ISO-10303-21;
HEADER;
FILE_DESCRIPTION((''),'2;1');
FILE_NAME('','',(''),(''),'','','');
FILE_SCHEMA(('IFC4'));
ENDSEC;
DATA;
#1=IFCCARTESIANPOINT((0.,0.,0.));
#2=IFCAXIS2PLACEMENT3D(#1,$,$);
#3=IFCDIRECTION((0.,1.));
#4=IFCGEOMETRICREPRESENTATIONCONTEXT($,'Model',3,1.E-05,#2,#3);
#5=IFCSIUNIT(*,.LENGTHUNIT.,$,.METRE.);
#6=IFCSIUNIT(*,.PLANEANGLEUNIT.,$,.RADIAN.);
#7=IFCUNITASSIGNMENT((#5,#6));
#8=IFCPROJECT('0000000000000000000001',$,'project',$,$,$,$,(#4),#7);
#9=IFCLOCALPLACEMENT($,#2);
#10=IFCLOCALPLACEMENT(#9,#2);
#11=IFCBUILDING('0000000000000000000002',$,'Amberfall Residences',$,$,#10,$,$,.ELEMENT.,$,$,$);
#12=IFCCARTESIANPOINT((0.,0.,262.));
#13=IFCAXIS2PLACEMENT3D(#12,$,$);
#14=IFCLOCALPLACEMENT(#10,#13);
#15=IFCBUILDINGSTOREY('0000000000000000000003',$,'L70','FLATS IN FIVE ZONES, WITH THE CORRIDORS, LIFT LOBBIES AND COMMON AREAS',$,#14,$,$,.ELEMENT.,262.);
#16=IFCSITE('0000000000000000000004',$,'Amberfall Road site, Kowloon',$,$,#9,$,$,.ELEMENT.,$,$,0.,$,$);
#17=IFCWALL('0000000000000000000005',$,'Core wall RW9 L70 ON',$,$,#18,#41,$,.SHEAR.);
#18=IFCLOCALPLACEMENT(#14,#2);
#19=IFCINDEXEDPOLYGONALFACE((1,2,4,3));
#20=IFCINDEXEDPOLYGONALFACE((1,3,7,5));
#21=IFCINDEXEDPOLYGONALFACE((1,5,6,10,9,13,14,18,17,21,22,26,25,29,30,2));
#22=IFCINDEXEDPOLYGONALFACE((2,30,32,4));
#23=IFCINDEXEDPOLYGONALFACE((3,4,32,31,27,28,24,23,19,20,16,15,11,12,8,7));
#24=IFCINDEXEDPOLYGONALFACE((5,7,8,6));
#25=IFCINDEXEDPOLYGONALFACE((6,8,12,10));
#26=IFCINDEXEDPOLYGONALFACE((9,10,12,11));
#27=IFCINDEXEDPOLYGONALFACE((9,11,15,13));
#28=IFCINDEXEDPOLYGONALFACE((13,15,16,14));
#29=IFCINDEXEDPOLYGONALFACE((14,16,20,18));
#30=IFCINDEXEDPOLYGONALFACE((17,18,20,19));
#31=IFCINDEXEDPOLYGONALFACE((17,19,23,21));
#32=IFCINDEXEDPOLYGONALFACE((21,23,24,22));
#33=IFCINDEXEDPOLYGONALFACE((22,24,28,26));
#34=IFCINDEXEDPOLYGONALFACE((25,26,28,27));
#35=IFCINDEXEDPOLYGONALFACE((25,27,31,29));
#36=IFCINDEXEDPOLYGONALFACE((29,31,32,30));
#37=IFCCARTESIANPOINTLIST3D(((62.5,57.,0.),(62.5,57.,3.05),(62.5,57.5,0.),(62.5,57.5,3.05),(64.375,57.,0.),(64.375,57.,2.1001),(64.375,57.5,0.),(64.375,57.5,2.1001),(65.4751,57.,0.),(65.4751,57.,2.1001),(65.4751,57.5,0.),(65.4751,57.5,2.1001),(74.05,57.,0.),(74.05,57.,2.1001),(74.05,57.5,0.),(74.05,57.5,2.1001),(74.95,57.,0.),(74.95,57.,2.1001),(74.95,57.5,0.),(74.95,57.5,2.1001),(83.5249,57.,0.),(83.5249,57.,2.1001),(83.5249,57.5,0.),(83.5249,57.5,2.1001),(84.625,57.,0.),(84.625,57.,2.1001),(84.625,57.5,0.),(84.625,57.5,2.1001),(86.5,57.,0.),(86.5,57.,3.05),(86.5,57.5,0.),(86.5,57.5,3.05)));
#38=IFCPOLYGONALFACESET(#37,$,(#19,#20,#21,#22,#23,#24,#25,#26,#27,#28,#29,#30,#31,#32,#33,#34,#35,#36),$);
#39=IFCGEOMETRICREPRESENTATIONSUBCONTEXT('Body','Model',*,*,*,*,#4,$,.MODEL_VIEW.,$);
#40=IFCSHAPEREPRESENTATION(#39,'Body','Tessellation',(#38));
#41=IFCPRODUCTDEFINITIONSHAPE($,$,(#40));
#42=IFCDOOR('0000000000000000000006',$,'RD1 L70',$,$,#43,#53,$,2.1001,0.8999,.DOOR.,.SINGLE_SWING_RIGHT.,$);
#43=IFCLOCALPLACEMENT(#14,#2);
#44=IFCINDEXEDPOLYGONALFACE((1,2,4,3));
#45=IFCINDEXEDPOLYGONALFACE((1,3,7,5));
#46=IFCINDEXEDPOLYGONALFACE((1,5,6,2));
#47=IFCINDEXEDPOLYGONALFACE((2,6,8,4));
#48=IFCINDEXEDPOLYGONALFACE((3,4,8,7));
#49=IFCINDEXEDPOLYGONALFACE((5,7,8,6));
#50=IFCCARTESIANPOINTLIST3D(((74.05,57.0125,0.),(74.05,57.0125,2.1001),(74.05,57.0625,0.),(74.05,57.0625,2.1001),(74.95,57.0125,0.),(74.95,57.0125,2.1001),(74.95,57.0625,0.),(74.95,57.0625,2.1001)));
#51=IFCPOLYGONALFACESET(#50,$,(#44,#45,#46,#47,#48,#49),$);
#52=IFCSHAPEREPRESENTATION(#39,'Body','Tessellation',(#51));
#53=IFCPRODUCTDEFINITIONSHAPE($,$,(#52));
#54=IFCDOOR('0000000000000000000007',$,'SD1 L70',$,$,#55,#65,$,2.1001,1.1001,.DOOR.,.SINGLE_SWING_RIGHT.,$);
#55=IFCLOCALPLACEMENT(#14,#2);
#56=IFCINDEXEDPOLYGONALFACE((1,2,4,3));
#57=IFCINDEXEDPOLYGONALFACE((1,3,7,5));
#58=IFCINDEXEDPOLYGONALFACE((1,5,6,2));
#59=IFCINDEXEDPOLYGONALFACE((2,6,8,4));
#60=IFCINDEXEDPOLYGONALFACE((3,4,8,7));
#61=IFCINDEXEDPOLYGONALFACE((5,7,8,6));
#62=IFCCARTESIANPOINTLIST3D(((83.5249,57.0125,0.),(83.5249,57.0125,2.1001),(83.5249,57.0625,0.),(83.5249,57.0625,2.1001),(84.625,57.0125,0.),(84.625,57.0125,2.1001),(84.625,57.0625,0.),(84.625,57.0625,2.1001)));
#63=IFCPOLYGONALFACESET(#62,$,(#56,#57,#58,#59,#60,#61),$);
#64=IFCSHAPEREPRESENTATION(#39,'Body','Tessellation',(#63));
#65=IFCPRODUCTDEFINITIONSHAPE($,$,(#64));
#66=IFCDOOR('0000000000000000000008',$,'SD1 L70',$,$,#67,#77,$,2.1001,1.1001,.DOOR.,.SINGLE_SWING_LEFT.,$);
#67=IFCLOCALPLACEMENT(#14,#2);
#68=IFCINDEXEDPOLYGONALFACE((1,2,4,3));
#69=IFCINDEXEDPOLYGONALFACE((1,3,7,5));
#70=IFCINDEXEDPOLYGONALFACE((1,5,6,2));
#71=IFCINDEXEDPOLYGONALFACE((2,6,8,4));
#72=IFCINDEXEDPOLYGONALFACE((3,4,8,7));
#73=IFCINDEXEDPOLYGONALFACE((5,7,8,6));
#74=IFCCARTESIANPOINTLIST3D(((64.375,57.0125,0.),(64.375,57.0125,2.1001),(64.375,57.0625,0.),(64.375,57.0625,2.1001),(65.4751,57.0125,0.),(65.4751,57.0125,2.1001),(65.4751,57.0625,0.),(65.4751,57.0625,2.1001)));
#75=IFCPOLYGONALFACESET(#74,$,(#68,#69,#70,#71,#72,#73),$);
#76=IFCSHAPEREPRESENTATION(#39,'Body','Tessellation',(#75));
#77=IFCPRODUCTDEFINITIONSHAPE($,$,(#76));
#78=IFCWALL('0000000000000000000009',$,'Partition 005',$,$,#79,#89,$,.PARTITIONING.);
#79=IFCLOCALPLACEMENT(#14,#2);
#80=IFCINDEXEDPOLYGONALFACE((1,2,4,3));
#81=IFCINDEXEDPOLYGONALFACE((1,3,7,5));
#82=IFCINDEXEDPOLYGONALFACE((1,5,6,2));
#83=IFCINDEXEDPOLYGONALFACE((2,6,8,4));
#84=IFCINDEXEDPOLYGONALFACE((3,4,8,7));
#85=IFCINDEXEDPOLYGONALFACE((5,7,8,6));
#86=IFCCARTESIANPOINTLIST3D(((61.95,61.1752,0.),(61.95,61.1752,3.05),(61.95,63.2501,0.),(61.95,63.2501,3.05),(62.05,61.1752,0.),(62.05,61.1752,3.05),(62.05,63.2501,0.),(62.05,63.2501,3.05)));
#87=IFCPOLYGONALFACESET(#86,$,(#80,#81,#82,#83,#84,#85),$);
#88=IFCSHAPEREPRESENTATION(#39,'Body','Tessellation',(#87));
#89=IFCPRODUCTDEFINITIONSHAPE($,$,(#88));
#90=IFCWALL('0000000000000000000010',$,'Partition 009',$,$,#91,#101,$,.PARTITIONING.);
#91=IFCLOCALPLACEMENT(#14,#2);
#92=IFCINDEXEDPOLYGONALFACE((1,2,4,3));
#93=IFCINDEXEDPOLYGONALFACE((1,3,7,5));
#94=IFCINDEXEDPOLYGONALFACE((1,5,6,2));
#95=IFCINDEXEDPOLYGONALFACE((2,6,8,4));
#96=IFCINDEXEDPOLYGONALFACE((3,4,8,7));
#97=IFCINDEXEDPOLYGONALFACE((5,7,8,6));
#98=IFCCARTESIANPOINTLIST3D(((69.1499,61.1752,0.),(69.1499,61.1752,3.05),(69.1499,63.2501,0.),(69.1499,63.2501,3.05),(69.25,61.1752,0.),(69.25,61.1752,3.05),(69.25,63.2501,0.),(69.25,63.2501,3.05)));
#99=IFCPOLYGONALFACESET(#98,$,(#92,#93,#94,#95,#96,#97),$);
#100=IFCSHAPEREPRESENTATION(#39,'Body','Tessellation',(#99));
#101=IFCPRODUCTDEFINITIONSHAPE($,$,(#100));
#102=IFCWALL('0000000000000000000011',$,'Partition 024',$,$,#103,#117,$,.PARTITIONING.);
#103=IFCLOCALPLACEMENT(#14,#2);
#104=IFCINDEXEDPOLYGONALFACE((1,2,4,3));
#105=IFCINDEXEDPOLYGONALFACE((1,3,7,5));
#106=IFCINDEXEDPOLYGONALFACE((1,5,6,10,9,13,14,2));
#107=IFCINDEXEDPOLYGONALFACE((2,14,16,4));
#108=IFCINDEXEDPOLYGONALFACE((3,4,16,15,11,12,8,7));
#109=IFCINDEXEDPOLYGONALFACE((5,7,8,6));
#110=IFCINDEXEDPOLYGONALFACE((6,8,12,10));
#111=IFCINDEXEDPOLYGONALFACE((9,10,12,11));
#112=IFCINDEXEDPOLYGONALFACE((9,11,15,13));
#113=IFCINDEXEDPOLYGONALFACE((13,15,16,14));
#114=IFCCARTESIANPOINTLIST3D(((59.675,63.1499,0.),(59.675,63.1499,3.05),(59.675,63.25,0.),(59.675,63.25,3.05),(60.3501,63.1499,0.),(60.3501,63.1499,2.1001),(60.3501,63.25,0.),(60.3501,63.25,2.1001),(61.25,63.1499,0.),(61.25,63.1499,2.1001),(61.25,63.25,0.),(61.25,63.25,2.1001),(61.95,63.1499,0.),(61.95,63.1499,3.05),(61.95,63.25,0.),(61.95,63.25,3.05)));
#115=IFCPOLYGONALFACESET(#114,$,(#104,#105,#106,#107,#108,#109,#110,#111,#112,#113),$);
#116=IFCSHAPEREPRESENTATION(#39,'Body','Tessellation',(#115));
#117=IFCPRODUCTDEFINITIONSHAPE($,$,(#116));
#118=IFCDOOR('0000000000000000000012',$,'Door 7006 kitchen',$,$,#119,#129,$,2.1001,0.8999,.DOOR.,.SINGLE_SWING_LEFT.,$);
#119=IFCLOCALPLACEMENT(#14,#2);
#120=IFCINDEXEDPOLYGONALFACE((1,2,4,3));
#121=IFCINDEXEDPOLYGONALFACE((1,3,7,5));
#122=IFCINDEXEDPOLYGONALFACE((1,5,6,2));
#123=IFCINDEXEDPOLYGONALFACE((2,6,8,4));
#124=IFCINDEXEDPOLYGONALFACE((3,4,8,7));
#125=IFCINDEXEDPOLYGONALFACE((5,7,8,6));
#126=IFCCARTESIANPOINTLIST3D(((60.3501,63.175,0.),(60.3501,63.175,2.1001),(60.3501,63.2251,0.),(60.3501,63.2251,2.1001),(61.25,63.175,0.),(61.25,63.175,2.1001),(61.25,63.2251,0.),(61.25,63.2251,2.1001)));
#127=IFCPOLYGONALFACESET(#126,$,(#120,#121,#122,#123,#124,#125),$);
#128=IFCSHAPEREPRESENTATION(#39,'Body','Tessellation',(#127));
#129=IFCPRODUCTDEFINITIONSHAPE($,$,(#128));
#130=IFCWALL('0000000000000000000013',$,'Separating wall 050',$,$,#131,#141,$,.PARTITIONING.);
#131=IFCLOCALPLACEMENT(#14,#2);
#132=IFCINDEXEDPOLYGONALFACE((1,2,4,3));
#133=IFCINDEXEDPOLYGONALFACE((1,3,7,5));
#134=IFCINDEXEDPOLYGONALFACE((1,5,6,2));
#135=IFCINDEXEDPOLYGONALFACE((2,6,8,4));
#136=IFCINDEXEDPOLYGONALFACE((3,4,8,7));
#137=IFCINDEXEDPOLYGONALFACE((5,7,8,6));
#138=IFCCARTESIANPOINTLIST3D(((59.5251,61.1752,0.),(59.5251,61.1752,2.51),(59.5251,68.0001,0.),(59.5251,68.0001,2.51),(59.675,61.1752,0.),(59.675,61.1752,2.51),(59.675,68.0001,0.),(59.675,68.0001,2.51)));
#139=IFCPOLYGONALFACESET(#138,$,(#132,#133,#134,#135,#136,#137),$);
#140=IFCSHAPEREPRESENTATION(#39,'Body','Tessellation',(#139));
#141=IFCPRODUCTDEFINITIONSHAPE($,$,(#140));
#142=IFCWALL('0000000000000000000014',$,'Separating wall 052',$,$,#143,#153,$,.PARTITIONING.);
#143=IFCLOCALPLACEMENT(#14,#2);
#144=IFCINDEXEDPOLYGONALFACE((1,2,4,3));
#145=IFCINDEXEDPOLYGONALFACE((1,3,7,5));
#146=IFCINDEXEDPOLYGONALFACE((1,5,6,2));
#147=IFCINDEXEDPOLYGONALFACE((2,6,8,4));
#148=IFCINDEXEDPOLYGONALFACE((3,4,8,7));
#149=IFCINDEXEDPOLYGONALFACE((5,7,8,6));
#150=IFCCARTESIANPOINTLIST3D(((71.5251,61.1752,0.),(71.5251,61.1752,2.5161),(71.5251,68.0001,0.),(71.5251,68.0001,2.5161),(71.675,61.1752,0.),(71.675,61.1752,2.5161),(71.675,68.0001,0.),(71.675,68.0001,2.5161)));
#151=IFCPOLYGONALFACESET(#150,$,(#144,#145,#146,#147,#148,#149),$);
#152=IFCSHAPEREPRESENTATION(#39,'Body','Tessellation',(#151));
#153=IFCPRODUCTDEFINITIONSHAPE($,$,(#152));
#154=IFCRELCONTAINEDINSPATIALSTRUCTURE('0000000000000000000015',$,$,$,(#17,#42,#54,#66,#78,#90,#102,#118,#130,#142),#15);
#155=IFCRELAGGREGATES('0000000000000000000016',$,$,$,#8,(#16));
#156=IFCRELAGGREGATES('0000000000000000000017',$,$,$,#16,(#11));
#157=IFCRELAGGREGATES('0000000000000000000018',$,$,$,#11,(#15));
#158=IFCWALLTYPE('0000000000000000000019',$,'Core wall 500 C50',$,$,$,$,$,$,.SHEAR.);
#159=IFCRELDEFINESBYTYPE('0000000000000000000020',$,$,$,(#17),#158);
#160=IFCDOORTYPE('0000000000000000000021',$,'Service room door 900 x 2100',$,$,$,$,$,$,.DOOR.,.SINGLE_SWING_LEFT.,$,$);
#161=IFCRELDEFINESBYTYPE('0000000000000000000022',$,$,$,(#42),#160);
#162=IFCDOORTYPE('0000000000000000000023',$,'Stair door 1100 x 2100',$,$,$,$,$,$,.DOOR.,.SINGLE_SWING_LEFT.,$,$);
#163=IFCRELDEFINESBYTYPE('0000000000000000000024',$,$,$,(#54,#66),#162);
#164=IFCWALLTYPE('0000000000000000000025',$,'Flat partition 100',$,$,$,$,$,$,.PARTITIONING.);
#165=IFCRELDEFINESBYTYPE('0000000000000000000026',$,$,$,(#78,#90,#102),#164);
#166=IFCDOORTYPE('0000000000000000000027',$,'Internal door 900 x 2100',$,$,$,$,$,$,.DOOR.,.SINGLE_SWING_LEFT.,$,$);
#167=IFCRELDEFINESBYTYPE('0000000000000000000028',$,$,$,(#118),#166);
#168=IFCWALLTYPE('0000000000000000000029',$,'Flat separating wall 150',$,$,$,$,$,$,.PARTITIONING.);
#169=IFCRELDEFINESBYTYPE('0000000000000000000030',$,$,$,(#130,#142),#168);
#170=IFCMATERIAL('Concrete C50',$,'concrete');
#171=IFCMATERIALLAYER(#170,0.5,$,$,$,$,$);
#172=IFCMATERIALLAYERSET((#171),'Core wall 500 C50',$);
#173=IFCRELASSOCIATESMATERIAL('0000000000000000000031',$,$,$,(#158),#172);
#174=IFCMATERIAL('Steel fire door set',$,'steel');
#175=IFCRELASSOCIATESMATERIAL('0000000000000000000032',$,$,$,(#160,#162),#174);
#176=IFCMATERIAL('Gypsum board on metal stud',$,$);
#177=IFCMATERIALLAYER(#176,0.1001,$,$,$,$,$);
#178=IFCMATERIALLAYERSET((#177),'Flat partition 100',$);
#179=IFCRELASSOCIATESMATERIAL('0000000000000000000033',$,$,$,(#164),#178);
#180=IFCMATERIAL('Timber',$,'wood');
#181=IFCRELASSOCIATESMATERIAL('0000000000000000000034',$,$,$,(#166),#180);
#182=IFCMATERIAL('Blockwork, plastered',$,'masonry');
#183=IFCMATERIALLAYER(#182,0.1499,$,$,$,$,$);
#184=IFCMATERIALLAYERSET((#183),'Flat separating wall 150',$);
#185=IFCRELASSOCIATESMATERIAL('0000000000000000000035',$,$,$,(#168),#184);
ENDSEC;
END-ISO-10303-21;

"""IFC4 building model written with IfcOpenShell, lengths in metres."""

from ifc_helpers import new_model, si_unit, direction, frame, frame_2d, origin, place, context, subcontext, project, spatial, rectangle, extrude, material, layer, layer_set, type_object, element, fill, save


model = new_model("IFC4")

# Units and contexts
model_context = context("Model", 3, precision=1e-05, world=origin(), true_north=direction((0.0, 1.0)))
body_context = subcontext(model_context, "Body", "Model", "MODEL_VIEW")
ifc_project = project(units=[si_unit("LENGTHUNIT", "METRE"), si_unit("PLANEANGLEUNIT", "RADIAN")], contexts=[model_context])

# Site, building, storey
site_placement = place(None, origin())
site = spatial("IfcSite", under=ifc_project, at=site_placement, Name="Amberfall Road site, Kowloon", CompositionType="ELEMENT", RefElevation=0.0)
building_placement = place(site_placement, origin())
building = spatial("IfcBuilding", under=site, at=building_placement, Name="Amberfall Residences", CompositionType="ELEMENT")
storey_placement = place(building_placement, frame((0.0, 0.0, 262.0)))
storey = spatial("IfcBuildingStorey", under=building, at=storey_placement, Name="L70", Description="FLATS IN FIVE ZONES, WITH THE CORRIDORS, LIFT LOBBIES AND COMMON AREAS", CompositionType="ELEMENT", Elevation=262.0)

# Wall, openings, doors
ifc_material_1 = material(Name="Concrete C50", Category="concrete")
ifc_layer_1 = layer(ifc_material_1, 0.5)
ifc_layer_set_1 = layer_set([ifc_layer_1], Name="Core wall 500 C50")
wall_type_1 = type_object("IfcWallType", Name="Core wall 500 C50", PredefinedType="SHEAR", material=ifc_layer_set_1)
wall_1_placement = place(storey_placement, frame((62.5, 57.25, 0.0), z_axis=(0.0, 0.0, 1.0), x_axis=(1.0, 0.0, 0.0)))
wall_1 = element("IfcWall", 1, at=wall_1_placement, inside=storey, type_object=wall_type_1, Name="Core wall RW9 L70 ON", PredefinedType="SHEAR", context=body_context, shape_type="SweptSolid", body=[
    extrude(rectangle(XDim=24.0, YDim=0.5, at=frame_2d((12.0, 0.0))), origin(), (0.0, 0.0, 1.0), 3.05),
])
opening_1_placement = place(wall_1_placement, frame((21.0249, 0.0, 0.0)))
opening_1 = element("IfcOpeningElement", 2, at=opening_1_placement, cuts=wall_1, PredefinedType="OPENING", context=body_context, shape_type="SweptSolid", body=[
    extrude(rectangle(XDim=1.1001, YDim=2.1001, at=frame_2d((0.55, 1.05))), frame((0.0, 0.26, 0.0), z_axis=(0.0, -1.0, 0.0), x_axis=(1.0, 0.0, 0.0)), (0.0, 0.0, 1.0), 0.52),
])
opening_2_placement = place(wall_1_placement, frame((1.875, 0.0, 0.0)))
opening_2 = element("IfcOpeningElement", 3, at=opening_2_placement, cuts=wall_1, PredefinedType="OPENING", context=body_context, shape_type="SweptSolid", body=[
    extrude(rectangle(XDim=1.1001, YDim=2.1001, at=frame_2d((0.55, 1.05))), frame((0.0, 0.26, 0.0), z_axis=(0.0, -1.0, 0.0), x_axis=(1.0, 0.0, 0.0)), (0.0, 0.0, 1.0), 0.52),
])
opening_3_placement = place(wall_1_placement, frame((11.55, 0.0, 0.0)))
opening_3 = element("IfcOpeningElement", 4, at=opening_3_placement, cuts=wall_1, PredefinedType="OPENING", context=body_context, shape_type="SweptSolid", body=[
    extrude(rectangle(XDim=0.8999, YDim=2.1001, at=frame_2d((0.45, 1.05))), frame((0.0, 0.26, 0.0), z_axis=(0.0, -1.0, 0.0), x_axis=(1.0, 0.0, 0.0)), (0.0, 0.0, 1.0), 0.52),
])
ifc_material_2 = material(Name="Steel fire door set", Category="steel")
door_type_1 = type_object("IfcDoorType", Name="Service room door 900 x 2100", OperationType="SINGLE_SWING_LEFT", PredefinedType="DOOR", material=ifc_material_2)
door_1_placement = place(opening_3_placement, origin())
door_1 = element("IfcDoor", 5, at=door_1_placement, inside=storey, type_object=door_type_1, Name="RD1 L70", OperationType="SINGLE_SWING_RIGHT", OverallHeight=2.1001, OverallWidth=0.8999, PredefinedType="DOOR", context=body_context, shape_type="SweptSolid", body=[
    extrude(rectangle(XDim=0.8999, YDim=2.1001, at=frame_2d((0.45, 1.05))), frame((0.0, -0.1875, 0.0), z_axis=(0.0, -1.0, 0.0), x_axis=(1.0, 0.0, 0.0)), (0.0, 0.0, 1.0), 0.05),
])
fill(opening_3, door_1)
door_type_2 = type_object("IfcDoorType", Name="Stair door 1100 x 2100", OperationType="SINGLE_SWING_LEFT", PredefinedType="DOOR", material=ifc_material_2)
door_2_placement = place(opening_1_placement, origin())
door_2 = element("IfcDoor", 6, at=door_2_placement, inside=storey, type_object=door_type_2, Name="SD1 L70", OperationType="SINGLE_SWING_RIGHT", OverallHeight=2.1001, OverallWidth=1.1001, PredefinedType="DOOR", context=body_context, shape_type="SweptSolid", body=[
    extrude(rectangle(XDim=1.1001, YDim=2.1001, at=frame_2d((0.55, 1.05))), frame((0.0, -0.1875, 0.0), z_axis=(0.0, -1.0, 0.0), x_axis=(1.0, 0.0, 0.0)), (0.0, 0.0, 1.0), 0.05),
])
fill(opening_1, door_2)
door_3_placement = place(opening_2_placement, origin())
door_3 = element("IfcDoor", 7, at=door_3_placement, inside=storey, type_object=door_type_2, Name="SD1 L70", OperationType="SINGLE_SWING_LEFT", OverallHeight=2.1001, OverallWidth=1.1001, PredefinedType="DOOR", context=body_context, shape_type="SweptSolid", body=[
    extrude(rectangle(XDim=1.1001, YDim=2.1001, at=frame_2d((0.55, 1.05))), frame((0.0, -0.1875, 0.0), z_axis=(0.0, -1.0, 0.0), x_axis=(1.0, 0.0, 0.0)), (0.0, 0.0, 1.0), 0.05),
])
fill(opening_2, door_3)

# Walls
ifc_material_3 = material(Name="Gypsum board on metal stud")
ifc_layer_2 = layer(ifc_material_3, 0.1001)
ifc_layer_set_2 = layer_set([ifc_layer_2], Name="Flat partition 100")
wall_type_2 = type_object("IfcWallType", Name="Flat partition 100", PredefinedType="PARTITIONING", material=ifc_layer_set_2)
for number, where, z_axis, x_axis, name in (
    (8, (62.0, 61.175, 0.0), (0.0, 0.0, 1.0), (0.0, 1.0, 0.0), "Partition 005"),
    (9, (69.2, 61.175, 0.0), (0.0, 0.0, 1.0), (0.0, 1.0, 0.0), "Partition 009"),
):
    element("IfcWall", number, at=place(storey_placement, frame(where, z_axis=z_axis, x_axis=x_axis)), inside=storey, type_object=wall_type_2, Name=name, PredefinedType="PARTITIONING", context=body_context, shape_type="SweptSolid", body=[
        extrude(rectangle(XDim=2.075, YDim=0.1001, at=frame_2d((1.0376, 0.0))), origin(), (0.0, 0.0, 1.0), 3.05),
    ])

# Wall, opening, door
wall_2_placement = place(storey_placement, frame((61.95, 63.2, 0.0), z_axis=(0.0, 0.0, 1.0), x_axis=(-1.0, 0.0, 0.0)))
wall_2 = element("IfcWall", 10, at=wall_2_placement, inside=storey, type_object=wall_type_2, Name="Partition 024", PredefinedType="PARTITIONING", context=body_context, shape_type="SweptSolid", body=[
    extrude(rectangle(XDim=2.2749, YDim=0.1001, at=frame_2d((1.1375, 0.0))), origin(), (0.0, 0.0, 1.0), 3.05),
])
opening_4_placement = place(wall_2_placement, frame((0.7, 0.0, 0.0)))
opening_4 = element("IfcOpeningElement", 11, at=opening_4_placement, cuts=wall_2, PredefinedType="OPENING", context=body_context, shape_type="SweptSolid", body=[
    extrude(rectangle(XDim=0.8999, YDim=2.1001, at=frame_2d((0.45, 1.05))), frame((0.0, 0.0601, 0.0), z_axis=(0.0, -1.0, 0.0), x_axis=(1.0, 0.0, 0.0)), (0.0, 0.0, 1.0), 0.1201),
])
ifc_material_4 = material(Name="Timber", Category="wood")
door_type_3 = type_object("IfcDoorType", Name="Internal door 900 x 2100", OperationType="SINGLE_SWING_LEFT", PredefinedType="DOOR", material=ifc_material_4)
door_4_placement = place(opening_4_placement, origin())
door_4 = element("IfcDoor", 12, at=door_4_placement, inside=storey, type_object=door_type_3, Name="Door 7006 kitchen", OperationType="SINGLE_SWING_LEFT", OverallHeight=2.1001, OverallWidth=0.8999, PredefinedType="DOOR", context=body_context, shape_type="SweptSolid", body=[
    extrude(rectangle(XDim=0.8999, YDim=2.1001, at=frame_2d((0.45, 1.05))), frame((0.0, 0.0249, 0.0), z_axis=(0.0, -1.0, 0.0), x_axis=(1.0, 0.0, 0.0)), (0.0, 0.0, 1.0), 0.05),
])
fill(opening_4, door_4)

# Walls
ifc_material_5 = material(Name="Blockwork, plastered", Category="masonry")
ifc_layer_3 = layer(ifc_material_5, 0.1499)
ifc_layer_set_3 = layer_set([ifc_layer_3], Name="Flat separating wall 150")
wall_type_3 = type_object("IfcWallType", Name="Flat separating wall 150", PredefinedType="PARTITIONING", material=ifc_layer_set_3)
wall_3_placement = place(storey_placement, frame((59.6001, 61.175, 0.0), z_axis=(0.0, 0.0, 1.0), x_axis=(0.0, 1.0, 0.0)))
element("IfcWall", 13, at=wall_3_placement, inside=storey, type_object=wall_type_3, Name="Separating wall 050", PredefinedType="PARTITIONING", context=body_context, shape_type="SweptSolid", body=[
    extrude(rectangle(XDim=6.825, YDim=0.1499, at=frame_2d((3.4126, 0.0))), origin(), (0.0, 0.0, 1.0), 2.51),
])
wall_4_placement = place(storey_placement, frame((71.6001, 61.175, 0.0), z_axis=(0.0, 0.0, 1.0), x_axis=(0.0, 1.0, 0.0)))
element("IfcWall", 14, at=wall_4_placement, inside=storey, type_object=wall_type_3, Name="Separating wall 052", PredefinedType="PARTITIONING", context=body_context, shape_type="SweptSolid", body=[
    extrude(rectangle(XDim=6.825, YDim=0.1499, at=frame_2d((3.4126, 0.0))), origin(), (0.0, 0.0, 1.0), 2.5161),
])

save(model, "model.ifc")
